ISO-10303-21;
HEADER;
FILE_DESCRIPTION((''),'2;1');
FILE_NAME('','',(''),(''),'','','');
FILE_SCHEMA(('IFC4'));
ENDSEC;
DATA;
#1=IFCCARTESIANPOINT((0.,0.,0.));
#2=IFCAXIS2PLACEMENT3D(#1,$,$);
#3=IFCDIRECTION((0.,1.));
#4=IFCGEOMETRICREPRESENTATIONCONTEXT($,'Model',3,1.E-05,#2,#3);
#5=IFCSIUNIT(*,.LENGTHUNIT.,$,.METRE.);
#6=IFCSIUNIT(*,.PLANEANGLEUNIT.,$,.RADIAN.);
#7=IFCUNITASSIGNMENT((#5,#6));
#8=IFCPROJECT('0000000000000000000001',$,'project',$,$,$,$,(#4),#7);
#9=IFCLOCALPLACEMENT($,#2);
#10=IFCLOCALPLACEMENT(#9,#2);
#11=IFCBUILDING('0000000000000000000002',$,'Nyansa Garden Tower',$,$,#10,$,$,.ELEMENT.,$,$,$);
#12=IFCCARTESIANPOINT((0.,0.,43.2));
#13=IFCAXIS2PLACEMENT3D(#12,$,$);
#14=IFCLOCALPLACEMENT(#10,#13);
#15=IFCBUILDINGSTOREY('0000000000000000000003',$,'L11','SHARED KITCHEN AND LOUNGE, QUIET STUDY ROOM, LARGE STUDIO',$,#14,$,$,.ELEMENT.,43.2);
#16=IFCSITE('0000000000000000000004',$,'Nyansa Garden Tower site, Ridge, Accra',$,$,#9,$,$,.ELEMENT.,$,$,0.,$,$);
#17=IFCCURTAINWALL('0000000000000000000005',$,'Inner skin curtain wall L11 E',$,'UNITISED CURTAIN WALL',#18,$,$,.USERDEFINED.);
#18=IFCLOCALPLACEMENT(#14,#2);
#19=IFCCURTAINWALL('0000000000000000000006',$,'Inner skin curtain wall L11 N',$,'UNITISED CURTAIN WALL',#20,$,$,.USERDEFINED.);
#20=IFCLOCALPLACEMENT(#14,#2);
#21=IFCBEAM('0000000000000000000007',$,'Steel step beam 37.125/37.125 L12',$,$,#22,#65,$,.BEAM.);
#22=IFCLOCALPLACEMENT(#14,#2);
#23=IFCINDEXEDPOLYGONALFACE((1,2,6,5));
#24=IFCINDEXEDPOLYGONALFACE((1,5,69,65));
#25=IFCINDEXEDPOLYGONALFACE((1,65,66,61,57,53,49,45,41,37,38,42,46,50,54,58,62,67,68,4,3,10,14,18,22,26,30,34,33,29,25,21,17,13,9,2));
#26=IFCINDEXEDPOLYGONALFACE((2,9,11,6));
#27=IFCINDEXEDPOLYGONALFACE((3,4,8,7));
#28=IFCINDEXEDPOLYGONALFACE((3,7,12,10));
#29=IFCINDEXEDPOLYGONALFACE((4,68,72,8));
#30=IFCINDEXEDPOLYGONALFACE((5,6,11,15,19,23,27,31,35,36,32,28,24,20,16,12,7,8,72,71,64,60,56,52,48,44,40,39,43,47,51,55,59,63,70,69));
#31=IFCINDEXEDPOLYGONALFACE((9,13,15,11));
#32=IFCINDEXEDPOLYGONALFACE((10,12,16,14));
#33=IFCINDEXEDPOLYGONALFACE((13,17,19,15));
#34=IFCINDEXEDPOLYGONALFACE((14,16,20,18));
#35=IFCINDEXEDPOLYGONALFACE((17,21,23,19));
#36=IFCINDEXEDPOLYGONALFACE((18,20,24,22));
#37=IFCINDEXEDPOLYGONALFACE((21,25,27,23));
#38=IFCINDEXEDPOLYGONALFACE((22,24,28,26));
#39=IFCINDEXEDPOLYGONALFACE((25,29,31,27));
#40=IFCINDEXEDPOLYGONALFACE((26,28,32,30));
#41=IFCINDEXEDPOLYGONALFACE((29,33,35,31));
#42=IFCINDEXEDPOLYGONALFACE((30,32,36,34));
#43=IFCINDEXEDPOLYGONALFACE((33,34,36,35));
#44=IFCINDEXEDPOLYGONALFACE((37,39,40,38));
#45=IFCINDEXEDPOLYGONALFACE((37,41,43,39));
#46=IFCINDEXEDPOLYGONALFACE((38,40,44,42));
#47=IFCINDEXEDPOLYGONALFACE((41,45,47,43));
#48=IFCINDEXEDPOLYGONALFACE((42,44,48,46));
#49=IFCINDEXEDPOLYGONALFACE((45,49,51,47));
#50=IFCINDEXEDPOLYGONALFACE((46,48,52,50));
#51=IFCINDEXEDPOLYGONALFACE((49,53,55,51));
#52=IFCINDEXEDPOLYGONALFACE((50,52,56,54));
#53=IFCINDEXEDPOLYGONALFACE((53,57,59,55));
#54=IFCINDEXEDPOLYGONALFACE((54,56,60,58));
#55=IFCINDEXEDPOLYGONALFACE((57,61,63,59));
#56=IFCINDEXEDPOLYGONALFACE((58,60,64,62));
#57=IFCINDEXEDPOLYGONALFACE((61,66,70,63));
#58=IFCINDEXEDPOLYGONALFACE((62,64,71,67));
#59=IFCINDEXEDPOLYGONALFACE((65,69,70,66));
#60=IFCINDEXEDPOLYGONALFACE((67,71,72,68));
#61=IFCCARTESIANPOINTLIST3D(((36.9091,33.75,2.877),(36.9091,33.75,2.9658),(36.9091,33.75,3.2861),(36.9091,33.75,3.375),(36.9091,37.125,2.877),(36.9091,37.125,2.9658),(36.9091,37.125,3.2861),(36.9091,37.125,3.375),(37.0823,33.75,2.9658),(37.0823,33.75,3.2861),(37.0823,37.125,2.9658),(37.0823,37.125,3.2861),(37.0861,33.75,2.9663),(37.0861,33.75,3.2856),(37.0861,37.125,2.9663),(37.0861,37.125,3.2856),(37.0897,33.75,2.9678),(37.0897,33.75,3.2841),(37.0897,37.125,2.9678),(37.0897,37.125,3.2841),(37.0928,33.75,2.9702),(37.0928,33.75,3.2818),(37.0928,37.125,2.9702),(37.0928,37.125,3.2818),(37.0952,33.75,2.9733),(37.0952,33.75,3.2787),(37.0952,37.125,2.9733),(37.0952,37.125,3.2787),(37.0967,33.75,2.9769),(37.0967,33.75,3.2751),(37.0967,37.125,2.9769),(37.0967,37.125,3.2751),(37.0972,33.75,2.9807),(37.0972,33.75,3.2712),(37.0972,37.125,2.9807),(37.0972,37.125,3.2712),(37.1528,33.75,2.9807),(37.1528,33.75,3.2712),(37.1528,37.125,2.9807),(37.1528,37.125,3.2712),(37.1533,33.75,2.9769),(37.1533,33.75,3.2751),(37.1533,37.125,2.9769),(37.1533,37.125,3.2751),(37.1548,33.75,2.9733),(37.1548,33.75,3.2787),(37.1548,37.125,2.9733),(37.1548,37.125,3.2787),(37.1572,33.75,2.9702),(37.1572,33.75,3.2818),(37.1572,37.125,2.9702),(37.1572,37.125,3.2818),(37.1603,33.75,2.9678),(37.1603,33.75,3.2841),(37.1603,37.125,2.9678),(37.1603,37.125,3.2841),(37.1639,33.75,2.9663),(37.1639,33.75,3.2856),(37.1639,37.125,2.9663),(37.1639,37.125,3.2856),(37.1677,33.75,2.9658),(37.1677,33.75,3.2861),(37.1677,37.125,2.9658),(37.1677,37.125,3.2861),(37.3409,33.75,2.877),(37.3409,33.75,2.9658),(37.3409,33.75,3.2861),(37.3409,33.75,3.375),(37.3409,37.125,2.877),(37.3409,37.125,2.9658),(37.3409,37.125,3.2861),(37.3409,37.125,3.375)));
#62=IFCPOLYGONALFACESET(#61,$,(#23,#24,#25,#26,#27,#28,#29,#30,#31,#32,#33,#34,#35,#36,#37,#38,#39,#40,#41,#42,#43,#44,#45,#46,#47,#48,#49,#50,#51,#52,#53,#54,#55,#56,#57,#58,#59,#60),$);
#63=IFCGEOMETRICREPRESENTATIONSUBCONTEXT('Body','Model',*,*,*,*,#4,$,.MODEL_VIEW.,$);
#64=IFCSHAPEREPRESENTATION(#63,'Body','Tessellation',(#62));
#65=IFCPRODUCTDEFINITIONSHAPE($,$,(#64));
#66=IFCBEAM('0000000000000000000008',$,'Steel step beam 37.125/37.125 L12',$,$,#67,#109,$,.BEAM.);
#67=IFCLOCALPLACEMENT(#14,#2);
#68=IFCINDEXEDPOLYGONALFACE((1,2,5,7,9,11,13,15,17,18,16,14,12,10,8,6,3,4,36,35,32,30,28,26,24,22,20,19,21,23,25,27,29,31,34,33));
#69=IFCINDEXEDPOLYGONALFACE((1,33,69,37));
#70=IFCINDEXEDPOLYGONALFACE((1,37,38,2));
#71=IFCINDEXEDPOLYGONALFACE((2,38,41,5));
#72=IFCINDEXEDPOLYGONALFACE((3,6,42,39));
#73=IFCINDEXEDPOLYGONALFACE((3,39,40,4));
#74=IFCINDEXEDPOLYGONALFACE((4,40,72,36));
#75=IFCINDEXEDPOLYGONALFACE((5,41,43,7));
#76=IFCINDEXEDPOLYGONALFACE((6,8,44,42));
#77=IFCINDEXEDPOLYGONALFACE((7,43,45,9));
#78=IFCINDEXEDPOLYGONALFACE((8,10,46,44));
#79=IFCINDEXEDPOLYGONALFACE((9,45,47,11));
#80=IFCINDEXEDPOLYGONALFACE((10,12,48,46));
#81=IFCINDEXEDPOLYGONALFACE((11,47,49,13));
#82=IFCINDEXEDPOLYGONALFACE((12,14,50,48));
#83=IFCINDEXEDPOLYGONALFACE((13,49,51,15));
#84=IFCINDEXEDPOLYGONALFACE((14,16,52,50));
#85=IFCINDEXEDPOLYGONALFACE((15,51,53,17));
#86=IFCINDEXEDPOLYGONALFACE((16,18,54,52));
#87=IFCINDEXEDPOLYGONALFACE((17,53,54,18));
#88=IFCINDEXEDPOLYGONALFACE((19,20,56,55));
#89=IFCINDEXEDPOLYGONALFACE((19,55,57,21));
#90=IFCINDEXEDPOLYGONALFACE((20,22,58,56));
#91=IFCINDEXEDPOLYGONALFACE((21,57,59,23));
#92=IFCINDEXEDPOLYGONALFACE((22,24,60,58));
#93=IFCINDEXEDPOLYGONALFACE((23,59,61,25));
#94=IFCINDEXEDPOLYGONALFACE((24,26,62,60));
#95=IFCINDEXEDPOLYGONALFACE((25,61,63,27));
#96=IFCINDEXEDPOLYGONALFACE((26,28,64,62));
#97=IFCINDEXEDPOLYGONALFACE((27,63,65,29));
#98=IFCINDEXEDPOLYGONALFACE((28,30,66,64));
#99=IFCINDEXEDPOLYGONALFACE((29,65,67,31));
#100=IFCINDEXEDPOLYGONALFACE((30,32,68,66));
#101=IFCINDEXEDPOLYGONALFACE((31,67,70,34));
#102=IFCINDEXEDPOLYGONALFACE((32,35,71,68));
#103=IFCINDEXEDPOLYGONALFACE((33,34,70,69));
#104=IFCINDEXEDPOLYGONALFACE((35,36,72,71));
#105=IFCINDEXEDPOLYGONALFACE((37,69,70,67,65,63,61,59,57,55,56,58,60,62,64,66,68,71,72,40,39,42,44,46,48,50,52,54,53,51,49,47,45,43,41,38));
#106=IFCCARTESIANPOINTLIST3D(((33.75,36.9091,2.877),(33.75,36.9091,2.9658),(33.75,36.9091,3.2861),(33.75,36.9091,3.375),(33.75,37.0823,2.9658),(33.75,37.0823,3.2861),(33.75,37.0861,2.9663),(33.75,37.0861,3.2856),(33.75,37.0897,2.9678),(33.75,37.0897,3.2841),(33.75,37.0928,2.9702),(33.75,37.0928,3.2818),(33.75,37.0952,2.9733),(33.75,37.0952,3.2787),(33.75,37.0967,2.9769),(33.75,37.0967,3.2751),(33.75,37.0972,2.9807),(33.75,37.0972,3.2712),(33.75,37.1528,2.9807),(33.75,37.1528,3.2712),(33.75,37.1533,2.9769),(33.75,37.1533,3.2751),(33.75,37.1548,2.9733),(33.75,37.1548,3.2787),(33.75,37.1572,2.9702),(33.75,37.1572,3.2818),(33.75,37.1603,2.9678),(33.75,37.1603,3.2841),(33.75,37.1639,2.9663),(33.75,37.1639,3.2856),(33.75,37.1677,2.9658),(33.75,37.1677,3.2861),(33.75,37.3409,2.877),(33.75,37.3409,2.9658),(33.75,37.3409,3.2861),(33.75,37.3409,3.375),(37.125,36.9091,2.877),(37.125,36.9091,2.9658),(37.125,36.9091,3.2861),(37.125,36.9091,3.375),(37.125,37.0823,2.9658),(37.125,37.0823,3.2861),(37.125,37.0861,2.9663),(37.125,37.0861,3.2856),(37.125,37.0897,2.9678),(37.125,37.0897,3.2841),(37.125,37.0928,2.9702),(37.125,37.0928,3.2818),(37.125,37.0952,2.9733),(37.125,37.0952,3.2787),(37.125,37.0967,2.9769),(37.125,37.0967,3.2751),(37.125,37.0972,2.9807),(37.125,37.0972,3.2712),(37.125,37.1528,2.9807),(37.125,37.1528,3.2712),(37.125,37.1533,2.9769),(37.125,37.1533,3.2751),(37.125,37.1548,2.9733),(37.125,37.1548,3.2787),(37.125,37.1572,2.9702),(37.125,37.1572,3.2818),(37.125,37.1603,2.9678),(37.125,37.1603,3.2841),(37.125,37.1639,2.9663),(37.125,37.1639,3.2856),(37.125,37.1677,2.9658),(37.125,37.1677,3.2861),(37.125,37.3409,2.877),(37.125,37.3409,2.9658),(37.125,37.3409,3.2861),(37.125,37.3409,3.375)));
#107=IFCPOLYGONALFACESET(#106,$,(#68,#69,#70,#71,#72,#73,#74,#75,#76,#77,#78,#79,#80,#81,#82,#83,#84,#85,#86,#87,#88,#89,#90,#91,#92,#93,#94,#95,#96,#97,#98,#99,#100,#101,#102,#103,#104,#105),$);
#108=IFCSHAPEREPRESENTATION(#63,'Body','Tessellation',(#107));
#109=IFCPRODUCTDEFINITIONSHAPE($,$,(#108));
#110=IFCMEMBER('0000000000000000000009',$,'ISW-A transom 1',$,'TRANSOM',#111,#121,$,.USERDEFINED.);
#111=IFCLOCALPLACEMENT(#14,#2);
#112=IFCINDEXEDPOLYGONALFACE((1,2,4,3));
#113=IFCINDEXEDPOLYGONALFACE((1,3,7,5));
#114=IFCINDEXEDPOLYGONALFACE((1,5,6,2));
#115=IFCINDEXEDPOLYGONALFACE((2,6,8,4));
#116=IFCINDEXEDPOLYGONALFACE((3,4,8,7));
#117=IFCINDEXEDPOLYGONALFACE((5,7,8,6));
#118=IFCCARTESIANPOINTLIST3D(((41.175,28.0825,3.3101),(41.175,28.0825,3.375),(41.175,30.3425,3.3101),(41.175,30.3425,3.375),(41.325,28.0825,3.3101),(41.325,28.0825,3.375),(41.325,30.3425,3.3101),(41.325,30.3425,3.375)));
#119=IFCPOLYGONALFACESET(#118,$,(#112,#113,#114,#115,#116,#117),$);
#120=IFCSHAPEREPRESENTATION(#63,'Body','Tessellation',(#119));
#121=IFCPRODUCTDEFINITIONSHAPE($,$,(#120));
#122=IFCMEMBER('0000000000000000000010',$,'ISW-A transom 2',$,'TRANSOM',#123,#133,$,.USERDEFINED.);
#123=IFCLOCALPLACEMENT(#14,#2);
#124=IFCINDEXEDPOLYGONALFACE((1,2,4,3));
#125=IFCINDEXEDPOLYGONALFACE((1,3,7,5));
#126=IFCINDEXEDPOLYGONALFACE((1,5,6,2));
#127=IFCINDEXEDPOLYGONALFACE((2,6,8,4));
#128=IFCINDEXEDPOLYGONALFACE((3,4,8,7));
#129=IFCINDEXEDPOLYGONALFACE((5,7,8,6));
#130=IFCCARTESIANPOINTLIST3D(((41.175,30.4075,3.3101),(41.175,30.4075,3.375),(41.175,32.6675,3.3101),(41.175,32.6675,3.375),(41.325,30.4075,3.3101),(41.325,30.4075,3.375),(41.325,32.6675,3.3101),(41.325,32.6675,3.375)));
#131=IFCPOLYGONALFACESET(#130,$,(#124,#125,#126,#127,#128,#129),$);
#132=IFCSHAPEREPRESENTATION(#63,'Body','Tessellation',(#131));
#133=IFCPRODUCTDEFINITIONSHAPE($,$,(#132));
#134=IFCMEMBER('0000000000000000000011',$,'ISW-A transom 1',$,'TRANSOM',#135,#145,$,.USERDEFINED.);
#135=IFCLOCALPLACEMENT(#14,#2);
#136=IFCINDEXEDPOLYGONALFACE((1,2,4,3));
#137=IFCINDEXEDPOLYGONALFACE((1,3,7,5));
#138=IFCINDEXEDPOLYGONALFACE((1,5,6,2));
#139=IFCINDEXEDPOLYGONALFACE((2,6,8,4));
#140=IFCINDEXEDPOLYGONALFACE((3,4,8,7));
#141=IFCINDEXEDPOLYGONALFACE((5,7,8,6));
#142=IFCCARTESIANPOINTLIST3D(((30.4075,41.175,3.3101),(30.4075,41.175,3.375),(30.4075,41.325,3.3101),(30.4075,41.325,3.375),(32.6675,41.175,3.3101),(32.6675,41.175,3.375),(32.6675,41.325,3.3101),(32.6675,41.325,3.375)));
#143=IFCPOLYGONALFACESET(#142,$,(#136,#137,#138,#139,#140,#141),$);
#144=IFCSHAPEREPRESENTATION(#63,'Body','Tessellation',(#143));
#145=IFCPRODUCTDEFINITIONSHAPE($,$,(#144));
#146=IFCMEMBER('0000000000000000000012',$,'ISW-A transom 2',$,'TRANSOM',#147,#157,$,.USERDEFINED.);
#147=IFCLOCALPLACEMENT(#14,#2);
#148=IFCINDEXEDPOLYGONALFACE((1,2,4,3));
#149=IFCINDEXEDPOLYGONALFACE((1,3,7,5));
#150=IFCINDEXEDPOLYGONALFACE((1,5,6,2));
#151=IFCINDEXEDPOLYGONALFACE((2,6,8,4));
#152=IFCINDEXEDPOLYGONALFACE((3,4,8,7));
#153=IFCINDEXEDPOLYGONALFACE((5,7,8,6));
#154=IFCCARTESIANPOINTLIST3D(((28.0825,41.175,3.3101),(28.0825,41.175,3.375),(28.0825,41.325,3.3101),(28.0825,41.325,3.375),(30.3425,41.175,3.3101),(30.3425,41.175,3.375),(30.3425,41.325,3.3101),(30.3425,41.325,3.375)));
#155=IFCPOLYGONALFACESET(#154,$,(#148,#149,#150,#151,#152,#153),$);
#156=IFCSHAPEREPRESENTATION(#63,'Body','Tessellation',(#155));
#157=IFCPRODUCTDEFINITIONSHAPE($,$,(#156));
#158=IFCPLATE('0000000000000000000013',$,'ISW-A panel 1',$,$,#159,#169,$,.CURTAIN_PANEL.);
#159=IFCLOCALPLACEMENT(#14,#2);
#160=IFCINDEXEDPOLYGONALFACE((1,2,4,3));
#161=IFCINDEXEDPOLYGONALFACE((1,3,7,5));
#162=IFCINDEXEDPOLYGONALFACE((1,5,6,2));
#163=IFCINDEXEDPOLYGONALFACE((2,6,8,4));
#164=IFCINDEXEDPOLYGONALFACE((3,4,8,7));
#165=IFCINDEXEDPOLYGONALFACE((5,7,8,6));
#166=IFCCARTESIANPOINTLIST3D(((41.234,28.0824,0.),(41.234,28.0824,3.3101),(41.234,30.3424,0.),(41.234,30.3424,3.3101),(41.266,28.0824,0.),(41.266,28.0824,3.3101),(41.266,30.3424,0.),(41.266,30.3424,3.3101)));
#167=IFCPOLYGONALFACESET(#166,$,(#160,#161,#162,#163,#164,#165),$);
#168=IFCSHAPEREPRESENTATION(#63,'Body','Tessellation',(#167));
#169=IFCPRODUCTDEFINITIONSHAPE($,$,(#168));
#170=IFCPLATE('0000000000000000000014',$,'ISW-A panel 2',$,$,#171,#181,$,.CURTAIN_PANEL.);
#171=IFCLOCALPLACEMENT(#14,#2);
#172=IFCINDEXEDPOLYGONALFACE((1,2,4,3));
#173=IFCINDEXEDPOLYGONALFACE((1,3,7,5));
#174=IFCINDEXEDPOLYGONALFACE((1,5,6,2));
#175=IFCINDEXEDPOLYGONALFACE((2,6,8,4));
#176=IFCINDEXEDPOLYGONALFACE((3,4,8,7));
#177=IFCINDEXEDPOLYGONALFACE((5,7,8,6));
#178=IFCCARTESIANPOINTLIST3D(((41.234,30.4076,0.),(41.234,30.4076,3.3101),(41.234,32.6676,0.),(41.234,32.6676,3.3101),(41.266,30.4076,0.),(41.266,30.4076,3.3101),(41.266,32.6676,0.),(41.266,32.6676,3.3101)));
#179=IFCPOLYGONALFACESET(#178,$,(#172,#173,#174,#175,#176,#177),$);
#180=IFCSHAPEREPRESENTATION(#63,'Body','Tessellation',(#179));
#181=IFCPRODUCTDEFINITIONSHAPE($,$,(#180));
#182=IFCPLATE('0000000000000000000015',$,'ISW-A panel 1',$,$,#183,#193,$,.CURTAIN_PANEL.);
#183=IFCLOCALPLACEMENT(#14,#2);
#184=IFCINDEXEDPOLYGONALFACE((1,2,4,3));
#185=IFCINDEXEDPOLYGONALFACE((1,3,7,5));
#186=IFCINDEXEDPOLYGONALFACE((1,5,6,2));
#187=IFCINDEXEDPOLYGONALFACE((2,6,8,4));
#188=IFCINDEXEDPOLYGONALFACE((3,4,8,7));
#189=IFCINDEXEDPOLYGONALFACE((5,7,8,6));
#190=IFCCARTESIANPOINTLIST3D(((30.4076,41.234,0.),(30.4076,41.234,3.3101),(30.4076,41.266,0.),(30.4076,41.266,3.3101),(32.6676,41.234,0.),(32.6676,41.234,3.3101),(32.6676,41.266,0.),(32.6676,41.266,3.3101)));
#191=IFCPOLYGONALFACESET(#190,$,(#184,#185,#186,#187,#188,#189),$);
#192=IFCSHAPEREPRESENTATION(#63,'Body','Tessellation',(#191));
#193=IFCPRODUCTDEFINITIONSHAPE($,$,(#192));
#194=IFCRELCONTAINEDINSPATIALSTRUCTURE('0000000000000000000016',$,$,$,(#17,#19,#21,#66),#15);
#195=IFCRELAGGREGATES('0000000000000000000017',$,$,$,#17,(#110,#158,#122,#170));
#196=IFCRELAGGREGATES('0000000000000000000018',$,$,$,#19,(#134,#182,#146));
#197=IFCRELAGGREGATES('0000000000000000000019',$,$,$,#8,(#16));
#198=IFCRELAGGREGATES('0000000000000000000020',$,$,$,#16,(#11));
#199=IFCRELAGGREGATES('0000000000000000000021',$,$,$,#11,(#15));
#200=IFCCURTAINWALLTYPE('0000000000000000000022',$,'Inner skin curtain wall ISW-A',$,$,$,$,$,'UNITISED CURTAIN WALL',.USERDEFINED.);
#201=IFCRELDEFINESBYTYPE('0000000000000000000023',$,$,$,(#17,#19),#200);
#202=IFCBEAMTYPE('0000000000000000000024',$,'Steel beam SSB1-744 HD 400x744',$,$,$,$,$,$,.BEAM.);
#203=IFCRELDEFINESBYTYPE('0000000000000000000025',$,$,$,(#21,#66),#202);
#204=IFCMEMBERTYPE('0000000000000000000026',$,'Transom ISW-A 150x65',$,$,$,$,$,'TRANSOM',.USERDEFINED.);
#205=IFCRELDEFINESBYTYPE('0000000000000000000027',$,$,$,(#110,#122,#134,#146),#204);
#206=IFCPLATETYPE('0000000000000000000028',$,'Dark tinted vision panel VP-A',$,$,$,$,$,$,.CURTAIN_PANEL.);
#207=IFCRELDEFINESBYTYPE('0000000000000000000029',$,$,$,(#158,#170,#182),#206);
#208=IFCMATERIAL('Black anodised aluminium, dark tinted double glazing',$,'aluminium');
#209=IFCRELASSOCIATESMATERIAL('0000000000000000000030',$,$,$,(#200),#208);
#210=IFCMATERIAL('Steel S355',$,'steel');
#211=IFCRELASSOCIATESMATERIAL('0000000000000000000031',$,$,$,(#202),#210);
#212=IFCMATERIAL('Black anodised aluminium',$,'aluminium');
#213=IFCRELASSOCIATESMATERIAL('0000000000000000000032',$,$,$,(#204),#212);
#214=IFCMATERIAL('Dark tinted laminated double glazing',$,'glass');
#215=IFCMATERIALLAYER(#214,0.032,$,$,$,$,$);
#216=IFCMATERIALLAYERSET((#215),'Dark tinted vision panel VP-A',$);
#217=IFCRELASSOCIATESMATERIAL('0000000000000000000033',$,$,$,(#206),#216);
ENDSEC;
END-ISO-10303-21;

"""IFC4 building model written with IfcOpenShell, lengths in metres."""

from ifc_helpers import new_model, si_unit, direction, frame, origin, origin_2d, place, context, subcontext, project, spatial, rectangle, i_section, extrude, material, layer, layer_set, material_profile, profile_set, type_object, element, aggregate, save


model = new_model("IFC4")

# Units and contexts
model_context = context("Model", 3, precision=1e-05, world=origin(), true_north=direction((0.0, 1.0)))
body_context = subcontext(model_context, "Body", "Model", "MODEL_VIEW")
ifc_project = project(units=[si_unit("LENGTHUNIT", "METRE"), si_unit("PLANEANGLEUNIT", "RADIAN")], contexts=[model_context])

# Site, building, storey
site_placement = place(None, origin())
site = spatial("IfcSite", under=ifc_project, at=site_placement, Name="Nyansa Garden Tower site, Ridge, Accra", CompositionType="ELEMENT", RefElevation=0.0)
building_placement = place(site_placement, origin())
building = spatial("IfcBuilding", under=site, at=building_placement, Name="Nyansa Garden Tower", CompositionType="ELEMENT")
storey_placement = place(building_placement, frame((0.0, 0.0, 43.2)))
storey = spatial("IfcBuildingStorey", under=building, at=storey_placement, Name="L11", Description="SHARED KITCHEN AND LOUNGE, QUIET STUDY ROOM, LARGE STUDIO", CompositionType="ELEMENT", Elevation=43.2)

# Curtain walls
ifc_material_1 = material(Name="Black anodised aluminium, dark tinted double glazing", Category="aluminium")
curtain_wall_type = type_object("IfcCurtainWallType", Name="Inner skin curtain wall ISW-A", ElementType="UNITISED CURTAIN WALL", PredefinedType="USERDEFINED", material=ifc_material_1)
curtain_wall_1_placement = place(storey_placement, origin())
curtain_wall_1 = element("IfcCurtainWall", 1, at=curtain_wall_1_placement, inside=storey, type_object=curtain_wall_type, Name="Inner skin curtain wall L11 E", ObjectType="UNITISED CURTAIN WALL", PredefinedType="USERDEFINED")
curtain_wall_2_placement = place(storey_placement, origin())
curtain_wall_2 = element("IfcCurtainWall", 2, at=curtain_wall_2_placement, inside=storey, type_object=curtain_wall_type, Name="Inner skin curtain wall L11 N", ObjectType="UNITISED CURTAIN WALL", PredefinedType="USERDEFINED")

# Beams
ifc_material_2 = material(Name="Steel S355", Category="steel")
ifc_material_profile_1 = material_profile(ifc_material_2, i_section(OverallWidth=0.4319, OverallDepth=0.498, WebThickness=0.0557, FlangeThickness=0.0889, FilletRadius=0.0149, at=origin_2d()), Name="HD 400x744")
ifc_profile_set_1 = profile_set([ifc_material_profile_1], Name="Steel S355")
beam_type_1 = type_object("IfcBeamType", Name="Steel beam SSB1-744 HD 400x744", PredefinedType="BEAM", material=ifc_profile_set_1)
for number, where, z_axis, x_axis, name in (
    (3, (37.125, 37.125, 3.126), (0.0, -1.0, 0.0), (1.0, 0.0, 0.0), "Steel step beam 37.125/37.125 L12"),
    (4, (37.125, 37.125, 3.126), (-1.0, 0.0, 0.0), (0.0, -1.0, 0.0), "Steel step beam 37.125/37.125 L12"),
):
    element("IfcBeam", number, at=place(storey_placement, frame(where, z_axis=z_axis, x_axis=x_axis)), inside=storey, type_object=beam_type_1, Name=name, PredefinedType="BEAM", context=body_context, shape_type="SweptSolid", body=[
        extrude(i_section(OverallWidth=0.4319, OverallDepth=0.498, WebThickness=0.0557, FlangeThickness=0.0889, FilletRadius=0.0149, at=origin_2d()), origin(), (0.0, 0.0, 1.0), 3.375),
    ])

# Members
ifc_material_3 = material(Name="Black anodised aluminium", Category="aluminium")
ifc_material_profile_2 = material_profile(ifc_material_3, rectangle(XDim=0.1499, YDim=0.0649, at=origin_2d()), Name="Transom 150x65")
ifc_profile_set_2 = profile_set([ifc_material_profile_2], Name="Black anodised aluminium")
member_type_1 = type_object("IfcMemberType", Name="Transom ISW-A 150x65", ElementType="TRANSOM", PredefinedType="USERDEFINED", material=ifc_profile_set_2)
member_1_placement = place(storey_placement, frame((41.25, 28.0825, 3.3425), z_axis=(0.0, 1.0, 0.0), x_axis=(-1.0, 0.0, 0.0)))
member_1 = element("IfcMember", 5, at=member_1_placement, type_object=member_type_1, Name="ISW-A transom 1", ObjectType="TRANSOM", PredefinedType="USERDEFINED", context=body_context, shape_type="SweptSolid", body=[
    extrude(rectangle(XDim=0.1499, YDim=0.0649, at=origin_2d()), origin(), (0.0, 0.0, 1.0), 2.26),
])
member_2_placement = place(storey_placement, frame((41.25, 30.4075, 3.3425), z_axis=(0.0, 1.0, 0.0), x_axis=(-1.0, 0.0, 0.0)))
member_2 = element("IfcMember", 6, at=member_2_placement, type_object=member_type_1, Name="ISW-A transom 2", ObjectType="TRANSOM", PredefinedType="USERDEFINED", context=body_context, shape_type="SweptSolid", body=[
    extrude(rectangle(XDim=0.1499, YDim=0.0649, at=origin_2d()), origin(), (0.0, 0.0, 1.0), 2.26),
])
member_3_placement = place(storey_placement, frame((32.6675, 41.25, 3.3425), z_axis=(-1.0, 0.0, 0.0), x_axis=(0.0, -1.0, 0.0)))
member_3 = element("IfcMember", 7, at=member_3_placement, type_object=member_type_1, Name="ISW-A transom 1", ObjectType="TRANSOM", PredefinedType="USERDEFINED", context=body_context, shape_type="SweptSolid", body=[
    extrude(rectangle(XDim=0.1499, YDim=0.0649, at=origin_2d()), origin(), (0.0, 0.0, 1.0), 2.26),
])
member_4_placement = place(storey_placement, frame((30.3425, 41.25, 3.3425), z_axis=(-1.0, 0.0, 0.0), x_axis=(0.0, -1.0, 0.0)))
member_4 = element("IfcMember", 8, at=member_4_placement, type_object=member_type_1, Name="ISW-A transom 2", ObjectType="TRANSOM", PredefinedType="USERDEFINED", context=body_context, shape_type="SweptSolid", body=[
    extrude(rectangle(XDim=0.1499, YDim=0.0649, at=origin_2d()), origin(), (0.0, 0.0, 1.0), 2.26),
])

# Plates
ifc_material_4 = material(Name="Dark tinted laminated double glazing", Category="glass")
ifc_layer_1 = layer(ifc_material_4, 0.032)
ifc_layer_set_1 = layer_set([ifc_layer_1], Name="Dark tinted vision panel VP-A")
plate_type = type_object("IfcPlateType", Name="Dark tinted vision panel VP-A", PredefinedType="CURTAIN_PANEL", material=ifc_layer_set_1)
plate_1_placement = place(storey_placement, frame((41.25, 29.2124, 0.0), z_axis=(0.0, 0.0, 1.0), x_axis=(0.0, 1.0, 0.0)))
plate_1 = element("IfcPlate", 9, at=plate_1_placement, type_object=plate_type, Name="ISW-A panel 1", PredefinedType="CURTAIN_PANEL", context=body_context, shape_type="SweptSolid", body=[
    extrude(rectangle(XDim=2.26, YDim=0.032, at=origin_2d()), origin(), (0.0, 0.0, 1.0), 3.3101),
])
plate_2_placement = place(storey_placement, frame((41.25, 31.5376, 0.0), z_axis=(0.0, 0.0, 1.0), x_axis=(0.0, 1.0, 0.0)))
plate_2 = element("IfcPlate", 10, at=plate_2_placement, type_object=plate_type, Name="ISW-A panel 2", PredefinedType="CURTAIN_PANEL", context=body_context, shape_type="SweptSolid", body=[
    extrude(rectangle(XDim=2.26, YDim=0.032, at=origin_2d()), origin(), (0.0, 0.0, 1.0), 3.3101),
])
aggregate(curtain_wall_1, [member_1, plate_1, member_2, plate_2])
plate_3_placement = place(storey_placement, frame((31.5376, 41.25, 0.0), z_axis=(0.0, 0.0, 1.0), x_axis=(-1.0, 0.0, 0.0)))
plate_3 = element("IfcPlate", 11, at=plate_3_placement, type_object=plate_type, Name="ISW-A panel 1", PredefinedType="CURTAIN_PANEL", context=body_context, shape_type="SweptSolid", body=[
    extrude(rectangle(XDim=2.26, YDim=0.032, at=origin_2d()), origin(), (0.0, 0.0, 1.0), 3.3101),
])
aggregate(curtain_wall_2, [member_3, plate_3, member_4])

save(model, "model.ifc")
